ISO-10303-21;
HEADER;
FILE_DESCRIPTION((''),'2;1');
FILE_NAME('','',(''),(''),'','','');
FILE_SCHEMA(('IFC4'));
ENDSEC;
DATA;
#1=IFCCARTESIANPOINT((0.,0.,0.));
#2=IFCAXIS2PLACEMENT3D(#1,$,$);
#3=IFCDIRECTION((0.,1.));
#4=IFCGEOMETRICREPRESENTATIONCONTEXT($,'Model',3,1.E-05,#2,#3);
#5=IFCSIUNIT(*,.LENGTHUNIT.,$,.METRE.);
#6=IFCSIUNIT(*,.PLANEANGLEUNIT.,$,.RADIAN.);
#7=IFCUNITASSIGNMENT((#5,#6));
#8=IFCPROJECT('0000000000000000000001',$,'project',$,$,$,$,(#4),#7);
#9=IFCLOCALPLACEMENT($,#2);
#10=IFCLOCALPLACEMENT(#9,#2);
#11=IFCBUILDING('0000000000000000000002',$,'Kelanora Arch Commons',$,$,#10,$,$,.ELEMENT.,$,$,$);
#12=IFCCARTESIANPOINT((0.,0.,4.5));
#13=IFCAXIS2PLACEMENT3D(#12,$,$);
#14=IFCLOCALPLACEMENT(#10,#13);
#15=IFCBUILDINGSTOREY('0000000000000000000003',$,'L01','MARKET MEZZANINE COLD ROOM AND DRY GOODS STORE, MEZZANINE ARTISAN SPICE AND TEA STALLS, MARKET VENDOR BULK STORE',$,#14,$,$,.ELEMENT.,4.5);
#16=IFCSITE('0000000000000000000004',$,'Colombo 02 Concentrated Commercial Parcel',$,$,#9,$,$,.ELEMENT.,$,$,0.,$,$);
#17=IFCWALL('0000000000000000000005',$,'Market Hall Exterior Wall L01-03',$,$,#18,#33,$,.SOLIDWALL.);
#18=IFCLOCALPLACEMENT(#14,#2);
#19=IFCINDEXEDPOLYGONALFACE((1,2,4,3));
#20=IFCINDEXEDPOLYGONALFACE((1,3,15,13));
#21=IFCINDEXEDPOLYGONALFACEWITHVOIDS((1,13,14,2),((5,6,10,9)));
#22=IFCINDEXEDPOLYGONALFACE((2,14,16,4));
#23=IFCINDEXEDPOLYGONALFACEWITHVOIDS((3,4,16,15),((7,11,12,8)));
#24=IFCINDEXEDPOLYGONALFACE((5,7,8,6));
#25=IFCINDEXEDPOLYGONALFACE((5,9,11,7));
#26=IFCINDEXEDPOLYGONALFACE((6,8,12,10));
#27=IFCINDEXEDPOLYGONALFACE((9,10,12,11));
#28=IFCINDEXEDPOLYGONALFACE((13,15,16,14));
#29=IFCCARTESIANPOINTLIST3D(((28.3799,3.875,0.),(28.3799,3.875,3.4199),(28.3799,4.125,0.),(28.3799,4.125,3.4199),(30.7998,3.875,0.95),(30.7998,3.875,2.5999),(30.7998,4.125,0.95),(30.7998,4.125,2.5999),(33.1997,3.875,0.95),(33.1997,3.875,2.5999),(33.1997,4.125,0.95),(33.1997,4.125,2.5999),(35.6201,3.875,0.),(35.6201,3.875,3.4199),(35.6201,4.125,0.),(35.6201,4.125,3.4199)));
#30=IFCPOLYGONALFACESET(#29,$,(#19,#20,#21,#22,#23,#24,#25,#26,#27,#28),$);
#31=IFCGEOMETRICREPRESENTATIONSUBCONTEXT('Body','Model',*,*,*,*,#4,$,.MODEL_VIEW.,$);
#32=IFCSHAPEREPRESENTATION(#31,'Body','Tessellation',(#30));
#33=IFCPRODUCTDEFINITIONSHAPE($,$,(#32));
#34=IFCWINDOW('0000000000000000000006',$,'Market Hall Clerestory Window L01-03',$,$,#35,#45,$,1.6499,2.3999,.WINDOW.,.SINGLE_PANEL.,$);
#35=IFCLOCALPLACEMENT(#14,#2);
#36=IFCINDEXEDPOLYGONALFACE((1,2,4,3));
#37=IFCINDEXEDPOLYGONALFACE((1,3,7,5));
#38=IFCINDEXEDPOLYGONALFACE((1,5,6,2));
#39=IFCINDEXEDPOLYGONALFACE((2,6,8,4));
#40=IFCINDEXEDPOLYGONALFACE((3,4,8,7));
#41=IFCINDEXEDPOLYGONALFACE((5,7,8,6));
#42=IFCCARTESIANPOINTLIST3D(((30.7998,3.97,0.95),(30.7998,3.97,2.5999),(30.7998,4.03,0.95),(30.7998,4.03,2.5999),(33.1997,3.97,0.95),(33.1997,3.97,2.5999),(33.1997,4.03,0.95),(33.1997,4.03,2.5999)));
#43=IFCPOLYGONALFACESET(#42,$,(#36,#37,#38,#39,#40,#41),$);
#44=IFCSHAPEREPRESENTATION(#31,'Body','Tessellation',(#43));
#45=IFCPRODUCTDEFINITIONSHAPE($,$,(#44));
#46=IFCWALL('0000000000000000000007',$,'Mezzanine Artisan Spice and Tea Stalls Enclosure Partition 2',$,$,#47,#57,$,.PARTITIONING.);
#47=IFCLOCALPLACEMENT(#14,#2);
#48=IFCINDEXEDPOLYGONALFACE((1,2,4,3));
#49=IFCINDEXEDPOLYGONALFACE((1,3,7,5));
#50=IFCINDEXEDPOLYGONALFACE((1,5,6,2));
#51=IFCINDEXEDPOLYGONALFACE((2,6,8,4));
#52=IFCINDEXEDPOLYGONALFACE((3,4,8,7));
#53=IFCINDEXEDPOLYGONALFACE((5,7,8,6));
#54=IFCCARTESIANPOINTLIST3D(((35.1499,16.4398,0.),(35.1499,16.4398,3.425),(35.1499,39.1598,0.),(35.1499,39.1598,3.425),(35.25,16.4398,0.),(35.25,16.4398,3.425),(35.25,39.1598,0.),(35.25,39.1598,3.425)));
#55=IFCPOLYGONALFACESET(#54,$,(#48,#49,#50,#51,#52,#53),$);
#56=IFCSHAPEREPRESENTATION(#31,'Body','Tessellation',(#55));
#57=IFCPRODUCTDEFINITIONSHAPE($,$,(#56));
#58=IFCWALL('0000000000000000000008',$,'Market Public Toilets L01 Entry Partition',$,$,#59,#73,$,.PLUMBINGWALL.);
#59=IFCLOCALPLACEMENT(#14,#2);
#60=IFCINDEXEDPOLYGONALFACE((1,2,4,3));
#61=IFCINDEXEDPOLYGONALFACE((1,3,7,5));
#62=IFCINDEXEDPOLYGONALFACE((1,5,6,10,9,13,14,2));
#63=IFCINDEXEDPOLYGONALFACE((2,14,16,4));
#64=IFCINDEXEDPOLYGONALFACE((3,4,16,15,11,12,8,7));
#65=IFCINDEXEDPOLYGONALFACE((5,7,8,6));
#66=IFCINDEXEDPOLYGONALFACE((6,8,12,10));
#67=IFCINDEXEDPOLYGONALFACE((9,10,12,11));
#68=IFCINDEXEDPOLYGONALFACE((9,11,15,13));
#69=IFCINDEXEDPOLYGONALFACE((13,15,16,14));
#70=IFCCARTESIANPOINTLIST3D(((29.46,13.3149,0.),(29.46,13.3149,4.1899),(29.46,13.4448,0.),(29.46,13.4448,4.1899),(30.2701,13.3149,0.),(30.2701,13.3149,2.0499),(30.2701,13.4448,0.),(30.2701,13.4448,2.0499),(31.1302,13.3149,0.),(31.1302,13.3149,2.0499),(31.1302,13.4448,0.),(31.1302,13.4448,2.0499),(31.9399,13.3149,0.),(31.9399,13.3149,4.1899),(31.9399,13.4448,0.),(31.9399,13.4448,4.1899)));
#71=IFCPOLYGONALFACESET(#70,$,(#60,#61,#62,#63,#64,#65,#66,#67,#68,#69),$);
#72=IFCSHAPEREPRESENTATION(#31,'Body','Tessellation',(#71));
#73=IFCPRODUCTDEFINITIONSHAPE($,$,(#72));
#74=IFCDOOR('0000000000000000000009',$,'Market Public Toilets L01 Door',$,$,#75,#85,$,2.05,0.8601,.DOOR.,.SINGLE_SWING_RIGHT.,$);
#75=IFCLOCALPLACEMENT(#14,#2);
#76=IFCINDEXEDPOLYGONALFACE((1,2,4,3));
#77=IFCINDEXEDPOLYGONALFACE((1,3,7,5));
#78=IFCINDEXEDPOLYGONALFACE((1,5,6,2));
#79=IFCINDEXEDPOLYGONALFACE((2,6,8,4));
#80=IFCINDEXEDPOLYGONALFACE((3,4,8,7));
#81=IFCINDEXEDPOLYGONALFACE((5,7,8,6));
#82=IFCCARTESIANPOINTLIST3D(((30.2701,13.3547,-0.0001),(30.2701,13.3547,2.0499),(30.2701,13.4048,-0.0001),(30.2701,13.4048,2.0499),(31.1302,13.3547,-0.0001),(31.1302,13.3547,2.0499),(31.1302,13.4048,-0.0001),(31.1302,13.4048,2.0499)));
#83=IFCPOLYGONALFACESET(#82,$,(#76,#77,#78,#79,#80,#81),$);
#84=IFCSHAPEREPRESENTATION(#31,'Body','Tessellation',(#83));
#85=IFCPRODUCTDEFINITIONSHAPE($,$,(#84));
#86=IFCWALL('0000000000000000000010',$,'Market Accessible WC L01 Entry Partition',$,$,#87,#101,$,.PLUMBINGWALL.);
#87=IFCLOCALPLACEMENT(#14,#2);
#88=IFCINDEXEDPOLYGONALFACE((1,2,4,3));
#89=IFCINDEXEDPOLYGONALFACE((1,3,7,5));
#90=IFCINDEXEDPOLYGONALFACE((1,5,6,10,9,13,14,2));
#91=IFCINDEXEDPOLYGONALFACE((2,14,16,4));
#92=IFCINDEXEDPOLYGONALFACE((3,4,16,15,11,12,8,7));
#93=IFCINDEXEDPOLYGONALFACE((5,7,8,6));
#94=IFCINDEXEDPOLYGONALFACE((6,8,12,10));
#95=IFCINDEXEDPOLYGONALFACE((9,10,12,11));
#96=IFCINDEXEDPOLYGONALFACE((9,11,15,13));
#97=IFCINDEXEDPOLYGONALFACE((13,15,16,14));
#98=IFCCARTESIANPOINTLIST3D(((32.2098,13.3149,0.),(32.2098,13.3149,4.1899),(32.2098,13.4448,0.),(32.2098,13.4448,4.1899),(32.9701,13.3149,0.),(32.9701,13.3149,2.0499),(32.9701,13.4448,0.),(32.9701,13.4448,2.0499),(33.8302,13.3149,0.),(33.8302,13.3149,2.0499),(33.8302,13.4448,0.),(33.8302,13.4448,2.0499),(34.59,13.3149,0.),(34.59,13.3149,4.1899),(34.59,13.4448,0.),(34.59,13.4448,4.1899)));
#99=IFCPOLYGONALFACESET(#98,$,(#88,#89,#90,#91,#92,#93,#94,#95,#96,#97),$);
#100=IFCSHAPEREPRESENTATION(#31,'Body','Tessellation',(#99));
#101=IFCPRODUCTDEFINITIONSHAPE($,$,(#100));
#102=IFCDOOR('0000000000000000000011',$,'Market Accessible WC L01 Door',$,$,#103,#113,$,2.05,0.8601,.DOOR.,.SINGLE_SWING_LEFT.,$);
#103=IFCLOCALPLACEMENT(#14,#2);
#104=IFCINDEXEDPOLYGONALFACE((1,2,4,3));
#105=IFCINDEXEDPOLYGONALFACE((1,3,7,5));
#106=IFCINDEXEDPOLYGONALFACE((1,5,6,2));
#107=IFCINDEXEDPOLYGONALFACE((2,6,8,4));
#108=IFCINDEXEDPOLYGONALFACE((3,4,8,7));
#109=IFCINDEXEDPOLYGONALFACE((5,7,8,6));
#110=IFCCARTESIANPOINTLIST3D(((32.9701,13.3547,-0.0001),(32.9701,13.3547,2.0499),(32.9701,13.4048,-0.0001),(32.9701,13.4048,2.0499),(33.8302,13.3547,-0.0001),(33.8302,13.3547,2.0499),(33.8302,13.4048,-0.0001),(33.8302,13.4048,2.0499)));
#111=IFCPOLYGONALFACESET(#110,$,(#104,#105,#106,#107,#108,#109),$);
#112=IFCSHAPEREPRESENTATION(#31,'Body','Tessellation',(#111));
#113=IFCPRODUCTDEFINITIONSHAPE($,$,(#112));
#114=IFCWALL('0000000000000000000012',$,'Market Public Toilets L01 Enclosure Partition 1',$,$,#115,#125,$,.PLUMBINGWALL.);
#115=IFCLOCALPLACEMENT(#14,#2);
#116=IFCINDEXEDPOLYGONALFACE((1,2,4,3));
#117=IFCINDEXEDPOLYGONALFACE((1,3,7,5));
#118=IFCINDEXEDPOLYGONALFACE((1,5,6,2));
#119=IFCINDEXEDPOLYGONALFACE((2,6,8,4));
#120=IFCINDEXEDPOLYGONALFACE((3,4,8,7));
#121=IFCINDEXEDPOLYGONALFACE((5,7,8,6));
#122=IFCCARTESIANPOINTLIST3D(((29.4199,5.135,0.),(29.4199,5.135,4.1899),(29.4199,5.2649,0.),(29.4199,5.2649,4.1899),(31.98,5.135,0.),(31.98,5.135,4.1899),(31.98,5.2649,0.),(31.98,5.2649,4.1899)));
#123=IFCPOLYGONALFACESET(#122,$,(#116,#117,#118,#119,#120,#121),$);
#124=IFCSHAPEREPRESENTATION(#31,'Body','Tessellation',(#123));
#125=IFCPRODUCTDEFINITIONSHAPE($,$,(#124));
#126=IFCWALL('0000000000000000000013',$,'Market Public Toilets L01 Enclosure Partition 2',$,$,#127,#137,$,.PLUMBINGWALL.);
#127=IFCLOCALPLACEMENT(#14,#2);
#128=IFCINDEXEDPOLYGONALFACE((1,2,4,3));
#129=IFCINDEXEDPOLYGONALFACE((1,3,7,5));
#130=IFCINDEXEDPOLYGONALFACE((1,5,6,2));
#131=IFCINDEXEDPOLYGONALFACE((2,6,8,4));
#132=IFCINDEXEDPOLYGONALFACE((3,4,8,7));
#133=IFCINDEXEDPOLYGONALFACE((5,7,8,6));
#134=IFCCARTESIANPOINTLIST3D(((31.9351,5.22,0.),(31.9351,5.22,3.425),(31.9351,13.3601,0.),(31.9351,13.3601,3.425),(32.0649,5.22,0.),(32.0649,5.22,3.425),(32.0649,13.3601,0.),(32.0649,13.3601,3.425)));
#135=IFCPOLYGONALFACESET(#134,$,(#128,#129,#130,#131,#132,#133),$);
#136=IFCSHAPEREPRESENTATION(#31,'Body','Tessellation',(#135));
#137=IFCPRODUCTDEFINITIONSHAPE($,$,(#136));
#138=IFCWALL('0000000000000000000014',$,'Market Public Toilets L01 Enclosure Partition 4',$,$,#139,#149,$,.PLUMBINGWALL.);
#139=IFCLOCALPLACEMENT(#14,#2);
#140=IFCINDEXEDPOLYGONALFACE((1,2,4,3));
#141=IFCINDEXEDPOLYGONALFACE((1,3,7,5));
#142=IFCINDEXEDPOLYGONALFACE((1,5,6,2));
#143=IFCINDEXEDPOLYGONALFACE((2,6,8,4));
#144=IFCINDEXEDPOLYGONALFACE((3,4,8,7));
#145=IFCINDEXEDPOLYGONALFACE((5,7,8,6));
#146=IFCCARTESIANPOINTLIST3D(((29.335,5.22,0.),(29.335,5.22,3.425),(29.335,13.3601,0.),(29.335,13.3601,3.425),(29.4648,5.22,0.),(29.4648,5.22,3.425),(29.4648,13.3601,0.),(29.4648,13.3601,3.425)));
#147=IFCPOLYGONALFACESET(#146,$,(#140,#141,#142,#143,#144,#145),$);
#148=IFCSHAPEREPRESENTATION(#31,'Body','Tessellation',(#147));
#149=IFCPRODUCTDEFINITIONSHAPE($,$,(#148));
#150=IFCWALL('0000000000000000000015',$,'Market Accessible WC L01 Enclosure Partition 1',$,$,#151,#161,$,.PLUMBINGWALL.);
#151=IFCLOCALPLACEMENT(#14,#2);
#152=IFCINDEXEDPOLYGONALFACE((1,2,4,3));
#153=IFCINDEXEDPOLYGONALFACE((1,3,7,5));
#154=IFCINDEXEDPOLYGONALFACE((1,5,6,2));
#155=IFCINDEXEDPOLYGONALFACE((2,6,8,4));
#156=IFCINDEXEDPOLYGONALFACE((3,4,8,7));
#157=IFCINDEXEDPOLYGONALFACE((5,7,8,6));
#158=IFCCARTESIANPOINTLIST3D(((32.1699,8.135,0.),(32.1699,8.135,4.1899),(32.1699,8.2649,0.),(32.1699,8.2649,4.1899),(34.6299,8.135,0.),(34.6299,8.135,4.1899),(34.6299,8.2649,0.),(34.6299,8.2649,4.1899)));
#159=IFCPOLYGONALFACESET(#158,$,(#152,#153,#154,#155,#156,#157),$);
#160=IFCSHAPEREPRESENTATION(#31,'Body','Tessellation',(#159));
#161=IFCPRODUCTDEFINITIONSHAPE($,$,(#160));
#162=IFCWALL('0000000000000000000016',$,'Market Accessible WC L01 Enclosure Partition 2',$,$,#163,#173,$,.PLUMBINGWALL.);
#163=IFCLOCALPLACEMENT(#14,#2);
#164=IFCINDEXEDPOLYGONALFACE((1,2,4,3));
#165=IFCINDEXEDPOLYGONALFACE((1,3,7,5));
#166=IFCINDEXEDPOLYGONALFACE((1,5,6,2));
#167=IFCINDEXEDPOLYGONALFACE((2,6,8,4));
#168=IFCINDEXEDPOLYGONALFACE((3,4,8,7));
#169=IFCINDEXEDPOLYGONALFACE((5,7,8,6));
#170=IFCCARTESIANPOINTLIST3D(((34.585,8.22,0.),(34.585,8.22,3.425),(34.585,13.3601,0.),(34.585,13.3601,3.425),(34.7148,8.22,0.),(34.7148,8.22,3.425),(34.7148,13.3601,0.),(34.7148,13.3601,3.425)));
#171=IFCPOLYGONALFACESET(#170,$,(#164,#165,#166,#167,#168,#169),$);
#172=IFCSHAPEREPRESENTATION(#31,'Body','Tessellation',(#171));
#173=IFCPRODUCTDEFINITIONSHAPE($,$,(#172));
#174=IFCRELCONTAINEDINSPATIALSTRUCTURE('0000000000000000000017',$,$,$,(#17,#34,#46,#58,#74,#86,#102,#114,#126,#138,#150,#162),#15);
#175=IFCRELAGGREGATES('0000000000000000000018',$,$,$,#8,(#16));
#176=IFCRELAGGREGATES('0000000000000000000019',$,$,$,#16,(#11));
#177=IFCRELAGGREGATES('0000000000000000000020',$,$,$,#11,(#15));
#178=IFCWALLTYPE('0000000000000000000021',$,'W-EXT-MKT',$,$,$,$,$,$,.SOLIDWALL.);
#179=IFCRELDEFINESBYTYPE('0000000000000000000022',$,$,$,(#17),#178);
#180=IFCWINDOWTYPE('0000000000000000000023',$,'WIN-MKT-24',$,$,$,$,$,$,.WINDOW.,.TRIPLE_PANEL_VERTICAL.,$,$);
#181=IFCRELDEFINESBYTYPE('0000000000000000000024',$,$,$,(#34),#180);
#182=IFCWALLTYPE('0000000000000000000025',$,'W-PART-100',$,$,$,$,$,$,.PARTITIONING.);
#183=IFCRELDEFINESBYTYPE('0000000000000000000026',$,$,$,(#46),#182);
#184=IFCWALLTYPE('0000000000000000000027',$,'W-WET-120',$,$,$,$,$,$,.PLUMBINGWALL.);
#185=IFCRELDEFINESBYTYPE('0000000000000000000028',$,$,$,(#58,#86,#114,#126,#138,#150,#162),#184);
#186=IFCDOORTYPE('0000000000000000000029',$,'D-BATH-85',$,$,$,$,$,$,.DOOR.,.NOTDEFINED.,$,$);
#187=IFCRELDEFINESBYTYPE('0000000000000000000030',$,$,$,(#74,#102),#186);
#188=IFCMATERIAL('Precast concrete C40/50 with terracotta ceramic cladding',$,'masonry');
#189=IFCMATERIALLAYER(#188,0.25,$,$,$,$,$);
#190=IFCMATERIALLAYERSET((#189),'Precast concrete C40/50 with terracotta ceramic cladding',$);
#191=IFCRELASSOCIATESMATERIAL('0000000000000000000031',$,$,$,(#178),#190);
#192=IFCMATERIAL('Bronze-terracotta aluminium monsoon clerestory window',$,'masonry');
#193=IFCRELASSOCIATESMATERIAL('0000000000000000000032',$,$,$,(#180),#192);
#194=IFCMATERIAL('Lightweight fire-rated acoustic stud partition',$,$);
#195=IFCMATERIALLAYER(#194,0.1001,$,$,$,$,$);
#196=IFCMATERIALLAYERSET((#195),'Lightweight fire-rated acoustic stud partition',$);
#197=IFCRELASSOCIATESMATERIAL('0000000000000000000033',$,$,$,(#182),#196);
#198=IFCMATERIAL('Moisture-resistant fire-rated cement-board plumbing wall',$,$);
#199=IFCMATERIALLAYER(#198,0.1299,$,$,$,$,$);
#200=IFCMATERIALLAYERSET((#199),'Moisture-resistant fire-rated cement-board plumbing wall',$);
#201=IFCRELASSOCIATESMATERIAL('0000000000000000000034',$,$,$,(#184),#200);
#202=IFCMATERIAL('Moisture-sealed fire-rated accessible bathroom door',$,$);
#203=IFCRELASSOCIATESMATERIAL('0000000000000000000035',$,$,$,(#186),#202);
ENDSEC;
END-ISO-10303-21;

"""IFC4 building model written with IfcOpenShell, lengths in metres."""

from ifc_helpers import new_model, si_unit, direction, frame, frame_2d, origin, place, context, subcontext, project, spatial, rectangle, extrude, material, layer, layer_set, type_object, element, fill, save


model = new_model("IFC4")

# Units and contexts
model_context = context("Model", 3, precision=1e-05, world=origin(), true_north=direction((0.0, 1.0)))
body_context = subcontext(model_context, "Body", "Model", "MODEL_VIEW")
ifc_project = project(units=[si_unit("LENGTHUNIT", "METRE"), si_unit("PLANEANGLEUNIT", "RADIAN")], contexts=[model_context])

# Site, building, storey
site_placement = place(None, origin())
site = spatial("IfcSite", under=ifc_project, at=site_placement, Name="Colombo 02 Concentrated Commercial Parcel", CompositionType="ELEMENT", RefElevation=0.0)
building_placement = place(site_placement, origin())
building = spatial("IfcBuilding", under=site, at=building_placement, Name="Kelanora Arch Commons", CompositionType="ELEMENT")
storey_placement = place(building_placement, frame((0.0, 0.0, 4.5)))
storey = spatial("IfcBuildingStorey", under=building, at=storey_placement, Name="L01", Description="MARKET MEZZANINE COLD ROOM AND DRY GOODS STORE, MEZZANINE ARTISAN SPICE AND TEA STALLS, MARKET VENDOR BULK STORE", CompositionType="ELEMENT", Elevation=4.5)

# Wall, opening, window
ifc_material_1 = material(Name="Precast concrete C40/50 with terracotta ceramic cladding", Category="masonry")
ifc_layer_1 = layer(ifc_material_1, 0.25)
ifc_layer_set_1 = layer_set([ifc_layer_1], Name="Precast concrete C40/50 with terracotta ceramic cladding")
wall_type_1 = type_object("IfcWallType", Name="W-EXT-MKT", PredefinedType="SOLIDWALL", material=ifc_layer_set_1)
wall_1_placement = place(storey_placement, frame((28.3799, 4.0, 0.0), z_axis=(0.0, 0.0, 1.0), x_axis=(1.0, 0.0, 0.0)))
wall_1 = element("IfcWall", 1, at=wall_1_placement, inside=storey, type_object=wall_type_1, Name="Market Hall Exterior Wall L01-03", PredefinedType="SOLIDWALL", context=body_context, shape_type="SweptSolid", body=[
    extrude(rectangle(XDim=7.2402, YDim=0.25, at=frame_2d((3.6201, 0.0))), origin(), (0.0, 0.0, 1.0), 3.4199),
])
opening_1_placement = place(wall_1_placement, frame((2.4199, 0.0, 0.95)))
opening_1 = element("IfcOpeningElement", 2, at=opening_1_placement, cuts=wall_1, PredefinedType="OPENING", context=body_context, shape_type="SweptSolid", body=[
    extrude(rectangle(XDim=2.3999, YDim=1.6499, at=frame_2d((1.2, 0.825))), frame((0.0, 0.135, 0.0), z_axis=(0.0, -1.0, 0.0), x_axis=(1.0, 0.0, 0.0)), (0.0, 0.0, 1.0), 0.27),
])
ifc_material_2 = material(Name="Bronze-terracotta aluminium monsoon clerestory window", Category="masonry")
window_type = type_object("IfcWindowType", Name="WIN-MKT-24", PartitioningType="TRIPLE_PANEL_VERTICAL", PredefinedType="WINDOW", material=ifc_material_2)
window_placement = place(opening_1_placement, origin())
window = element("IfcWindow", 3, at=window_placement, inside=storey, type_object=window_type, Name="Market Hall Clerestory Window L01-03", OverallHeight=1.6499, OverallWidth=2.3999, PartitioningType="SINGLE_PANEL", PredefinedType="WINDOW", context=body_context, shape_type="SweptSolid", body=[
    extrude(rectangle(XDim=2.3999, YDim=1.6499, at=frame_2d((1.2, 0.825))), frame((0.0, 0.03, 0.0), z_axis=(0.0, -1.0, 0.0), x_axis=(1.0, 0.0, 0.0)), (0.0, 0.0, 1.0), 0.0601),
])
fill(opening_1, window)

# Wall
ifc_material_3 = material(Name="Lightweight fire-rated acoustic stud partition")
ifc_layer_2 = layer(ifc_material_3, 0.1001)
ifc_layer_set_2 = layer_set([ifc_layer_2], Name="Lightweight fire-rated acoustic stud partition")
wall_type_2 = type_object("IfcWallType", Name="W-PART-100", PredefinedType="PARTITIONING", material=ifc_layer_set_2)
wall_2_placement = place(storey_placement, frame((35.2, 16.4399, 0.0), z_axis=(0.0, 0.0, 1.0), x_axis=(0.0, 1.0, 0.0)))
element("IfcWall", 4, at=wall_2_placement, inside=storey, type_object=wall_type_2, Name="Mezzanine Artisan Spice and Tea Stalls Enclosure Partition 2", PredefinedType="PARTITIONING", context=body_context, shape_type="SweptSolid", body=[
    extrude(rectangle(XDim=22.72, YDim=0.1001, at=frame_2d((11.3599, 0.0))), origin(), (0.0, 0.0, 1.0), 3.425),
])

# Walls, openings, doors
ifc_material_4 = material(Name="Moisture-resistant fire-rated cement-board plumbing wall")
ifc_layer_3 = layer(ifc_material_4, 0.1299)
ifc_layer_set_3 = layer_set([ifc_layer_3], Name="Moisture-resistant fire-rated cement-board plumbing wall")
wall_type_3 = type_object("IfcWallType", Name="W-WET-120", PredefinedType="PLUMBINGWALL", material=ifc_layer_set_3)
wall_3_placement = place(storey_placement, frame((29.46, 13.3799, 0.0), z_axis=(0.0, 0.0, 1.0), x_axis=(1.0, 0.0, 0.0)))
wall_3 = element("IfcWall", 5, at=wall_3_placement, inside=storey, type_object=wall_type_3, Name="Market Public Toilets L01 Entry Partition", PredefinedType="PLUMBINGWALL", context=body_context, shape_type="SweptSolid", body=[
    extrude(rectangle(XDim=2.48, YDim=0.1299, at=frame_2d((1.24, 0.0))), origin(), (0.0, 0.0, 1.0), 4.1899),
])
opening_2_placement = place(wall_3_placement, frame((0.8101, 0.0, 0.0)))
opening_2 = element("IfcOpeningElement", 6, at=opening_2_placement, cuts=wall_3, PredefinedType="OPENING", context=body_context, shape_type="SweptSolid", body=[
    extrude(rectangle(XDim=0.8601, YDim=2.05, at=frame_2d((0.4302, 1.0249))), frame((0.0, 0.075, 0.0), z_axis=(0.0, -1.0, 0.0), x_axis=(1.0, 0.0, 0.0)), (0.0, 0.0, 1.0), 0.1499),
])
ifc_material_5 = material(Name="Moisture-sealed fire-rated accessible bathroom door")
door_type = type_object("IfcDoorType", Name="D-BATH-85", OperationType="NOTDEFINED", PredefinedType="DOOR", material=ifc_material_5)
door_1_placement = place(opening_2_placement, origin())
door_1 = element("IfcDoor", 7, at=door_1_placement, inside=storey, type_object=door_type, Name="Market Public Toilets L01 Door", OperationType="SINGLE_SWING_RIGHT", OverallHeight=2.05, OverallWidth=0.8601, PredefinedType="DOOR", context=body_context, shape_type="SweptSolid", body=[
    extrude(rectangle(XDim=0.8601, YDim=2.05, at=frame_2d((0.4302, 1.0249))), frame((0.0, 0.0249, 0.0), z_axis=(0.0, -1.0, 0.0), x_axis=(1.0, 0.0, 0.0)), (0.0, 0.0, 1.0), 0.05),
])
fill(opening_2, door_1)
wall_4_placement = place(storey_placement, frame((32.21, 13.3799, 0.0), z_axis=(0.0, 0.0, 1.0), x_axis=(1.0, 0.0, 0.0)))
wall_4 = element("IfcWall", 8, at=wall_4_placement, inside=storey, type_object=wall_type_3, Name="Market Accessible WC L01 Entry Partition", PredefinedType="PLUMBINGWALL", context=body_context, shape_type="SweptSolid", body=[
    extrude(rectangle(XDim=2.3801, YDim=0.1299, at=frame_2d((1.1899, 0.0))), origin(), (0.0, 0.0, 1.0), 4.1899),
])
opening_3_placement = place(wall_4_placement, frame((0.76, 0.0, 0.0)))
opening_3 = element("IfcOpeningElement", 9, at=opening_3_placement, cuts=wall_4, PredefinedType="OPENING", context=body_context, shape_type="SweptSolid", body=[
    extrude(rectangle(XDim=0.8601, YDim=2.05, at=frame_2d((0.4302, 1.0249))), frame((0.0, 0.075, 0.0), z_axis=(0.0, -1.0, 0.0), x_axis=(1.0, 0.0, 0.0)), (0.0, 0.0, 1.0), 0.1499),
])
door_2_placement = place(opening_3_placement, origin())
door_2 = element("IfcDoor", 10, at=door_2_placement, inside=storey, type_object=door_type, Name="Market Accessible WC L01 Door", OperationType="SINGLE_SWING_LEFT", OverallHeight=2.05, OverallWidth=0.8601, PredefinedType="DOOR", context=body_context, shape_type="SweptSolid", body=[
    extrude(rectangle(XDim=0.8601, YDim=2.05, at=frame_2d((0.4302, 1.0249))), frame((0.0, 0.0249, 0.0), z_axis=(0.0, -1.0, 0.0), x_axis=(1.0, 0.0, 0.0)), (0.0, 0.0, 1.0), 0.05),
])
fill(opening_3, door_2)

# Walls
wall_5_placement = place(storey_placement, frame((29.4199, 5.2, 0.0), z_axis=(0.0, 0.0, 1.0), x_axis=(1.0, 0.0, 0.0)))
element("IfcWall", 11, at=wall_5_placement, inside=storey, type_object=wall_type_3, Name="Market Public Toilets L01 Enclosure Partition 1", PredefinedType="PLUMBINGWALL", context=body_context, shape_type="SweptSolid", body=[
    extrude(rectangle(XDim=2.5601, YDim=0.1299, at=frame_2d((1.28, 0.0))), origin(), (0.0, 0.0, 1.0), 4.1899),
])
for number, where, z_axis, x_axis, name in (
    (12, (32.0, 5.22, 0.0), (0.0, 0.0, 1.0), (0.0, 1.0, 0.0), "Market Public Toilets L01 Enclosure Partition 2"),
    (13, (29.3999, 13.3601, 0.0), (0.0, 0.0, 1.0), (0.0, -1.0, 0.0), "Market Public Toilets L01 Enclosure Partition 4"),
):
    element("IfcWall", number, at=place(storey_placement, frame(where, z_axis=z_axis, x_axis=x_axis)), inside=storey, type_object=wall_type_3, Name=name, PredefinedType="PLUMBINGWALL", context=body_context, shape_type="SweptSolid", body=[
        extrude(rectangle(XDim=8.1401, YDim=0.1299, at=frame_2d((4.0701, 0.0))), origin(), (0.0, 0.0, 1.0), 3.425),
    ])
wall_6_placement = place(storey_placement, frame((32.1699, 8.2, 0.0), z_axis=(0.0, 0.0, 1.0), x_axis=(1.0, 0.0, 0.0)))
element("IfcWall", 14, at=wall_6_placement, inside=storey, type_object=wall_type_3, Name="Market Accessible WC L01 Enclosure Partition 1", PredefinedType="PLUMBINGWALL", context=body_context, shape_type="SweptSolid", body=[
    extrude(rectangle(XDim=2.46, YDim=0.1299, at=frame_2d((1.23, 0.0))), origin(), (0.0, 0.0, 1.0), 4.1899),
])
wall_7_placement = place(storey_placement, frame((34.6499, 8.22, 0.0), z_axis=(0.0, 0.0, 1.0), x_axis=(0.0, 1.0, 0.0)))
element("IfcWall", 15, at=wall_7_placement, inside=storey, type_object=wall_type_3, Name="Market Accessible WC L01 Enclosure Partition 2", PredefinedType="PLUMBINGWALL", context=body_context, shape_type="SweptSolid", body=[
    extrude(rectangle(XDim=5.1401, YDim=0.1299, at=frame_2d((2.5701, 0.0))), origin(), (0.0, 0.0, 1.0), 3.425),
])

save(model, "model.ifc")
